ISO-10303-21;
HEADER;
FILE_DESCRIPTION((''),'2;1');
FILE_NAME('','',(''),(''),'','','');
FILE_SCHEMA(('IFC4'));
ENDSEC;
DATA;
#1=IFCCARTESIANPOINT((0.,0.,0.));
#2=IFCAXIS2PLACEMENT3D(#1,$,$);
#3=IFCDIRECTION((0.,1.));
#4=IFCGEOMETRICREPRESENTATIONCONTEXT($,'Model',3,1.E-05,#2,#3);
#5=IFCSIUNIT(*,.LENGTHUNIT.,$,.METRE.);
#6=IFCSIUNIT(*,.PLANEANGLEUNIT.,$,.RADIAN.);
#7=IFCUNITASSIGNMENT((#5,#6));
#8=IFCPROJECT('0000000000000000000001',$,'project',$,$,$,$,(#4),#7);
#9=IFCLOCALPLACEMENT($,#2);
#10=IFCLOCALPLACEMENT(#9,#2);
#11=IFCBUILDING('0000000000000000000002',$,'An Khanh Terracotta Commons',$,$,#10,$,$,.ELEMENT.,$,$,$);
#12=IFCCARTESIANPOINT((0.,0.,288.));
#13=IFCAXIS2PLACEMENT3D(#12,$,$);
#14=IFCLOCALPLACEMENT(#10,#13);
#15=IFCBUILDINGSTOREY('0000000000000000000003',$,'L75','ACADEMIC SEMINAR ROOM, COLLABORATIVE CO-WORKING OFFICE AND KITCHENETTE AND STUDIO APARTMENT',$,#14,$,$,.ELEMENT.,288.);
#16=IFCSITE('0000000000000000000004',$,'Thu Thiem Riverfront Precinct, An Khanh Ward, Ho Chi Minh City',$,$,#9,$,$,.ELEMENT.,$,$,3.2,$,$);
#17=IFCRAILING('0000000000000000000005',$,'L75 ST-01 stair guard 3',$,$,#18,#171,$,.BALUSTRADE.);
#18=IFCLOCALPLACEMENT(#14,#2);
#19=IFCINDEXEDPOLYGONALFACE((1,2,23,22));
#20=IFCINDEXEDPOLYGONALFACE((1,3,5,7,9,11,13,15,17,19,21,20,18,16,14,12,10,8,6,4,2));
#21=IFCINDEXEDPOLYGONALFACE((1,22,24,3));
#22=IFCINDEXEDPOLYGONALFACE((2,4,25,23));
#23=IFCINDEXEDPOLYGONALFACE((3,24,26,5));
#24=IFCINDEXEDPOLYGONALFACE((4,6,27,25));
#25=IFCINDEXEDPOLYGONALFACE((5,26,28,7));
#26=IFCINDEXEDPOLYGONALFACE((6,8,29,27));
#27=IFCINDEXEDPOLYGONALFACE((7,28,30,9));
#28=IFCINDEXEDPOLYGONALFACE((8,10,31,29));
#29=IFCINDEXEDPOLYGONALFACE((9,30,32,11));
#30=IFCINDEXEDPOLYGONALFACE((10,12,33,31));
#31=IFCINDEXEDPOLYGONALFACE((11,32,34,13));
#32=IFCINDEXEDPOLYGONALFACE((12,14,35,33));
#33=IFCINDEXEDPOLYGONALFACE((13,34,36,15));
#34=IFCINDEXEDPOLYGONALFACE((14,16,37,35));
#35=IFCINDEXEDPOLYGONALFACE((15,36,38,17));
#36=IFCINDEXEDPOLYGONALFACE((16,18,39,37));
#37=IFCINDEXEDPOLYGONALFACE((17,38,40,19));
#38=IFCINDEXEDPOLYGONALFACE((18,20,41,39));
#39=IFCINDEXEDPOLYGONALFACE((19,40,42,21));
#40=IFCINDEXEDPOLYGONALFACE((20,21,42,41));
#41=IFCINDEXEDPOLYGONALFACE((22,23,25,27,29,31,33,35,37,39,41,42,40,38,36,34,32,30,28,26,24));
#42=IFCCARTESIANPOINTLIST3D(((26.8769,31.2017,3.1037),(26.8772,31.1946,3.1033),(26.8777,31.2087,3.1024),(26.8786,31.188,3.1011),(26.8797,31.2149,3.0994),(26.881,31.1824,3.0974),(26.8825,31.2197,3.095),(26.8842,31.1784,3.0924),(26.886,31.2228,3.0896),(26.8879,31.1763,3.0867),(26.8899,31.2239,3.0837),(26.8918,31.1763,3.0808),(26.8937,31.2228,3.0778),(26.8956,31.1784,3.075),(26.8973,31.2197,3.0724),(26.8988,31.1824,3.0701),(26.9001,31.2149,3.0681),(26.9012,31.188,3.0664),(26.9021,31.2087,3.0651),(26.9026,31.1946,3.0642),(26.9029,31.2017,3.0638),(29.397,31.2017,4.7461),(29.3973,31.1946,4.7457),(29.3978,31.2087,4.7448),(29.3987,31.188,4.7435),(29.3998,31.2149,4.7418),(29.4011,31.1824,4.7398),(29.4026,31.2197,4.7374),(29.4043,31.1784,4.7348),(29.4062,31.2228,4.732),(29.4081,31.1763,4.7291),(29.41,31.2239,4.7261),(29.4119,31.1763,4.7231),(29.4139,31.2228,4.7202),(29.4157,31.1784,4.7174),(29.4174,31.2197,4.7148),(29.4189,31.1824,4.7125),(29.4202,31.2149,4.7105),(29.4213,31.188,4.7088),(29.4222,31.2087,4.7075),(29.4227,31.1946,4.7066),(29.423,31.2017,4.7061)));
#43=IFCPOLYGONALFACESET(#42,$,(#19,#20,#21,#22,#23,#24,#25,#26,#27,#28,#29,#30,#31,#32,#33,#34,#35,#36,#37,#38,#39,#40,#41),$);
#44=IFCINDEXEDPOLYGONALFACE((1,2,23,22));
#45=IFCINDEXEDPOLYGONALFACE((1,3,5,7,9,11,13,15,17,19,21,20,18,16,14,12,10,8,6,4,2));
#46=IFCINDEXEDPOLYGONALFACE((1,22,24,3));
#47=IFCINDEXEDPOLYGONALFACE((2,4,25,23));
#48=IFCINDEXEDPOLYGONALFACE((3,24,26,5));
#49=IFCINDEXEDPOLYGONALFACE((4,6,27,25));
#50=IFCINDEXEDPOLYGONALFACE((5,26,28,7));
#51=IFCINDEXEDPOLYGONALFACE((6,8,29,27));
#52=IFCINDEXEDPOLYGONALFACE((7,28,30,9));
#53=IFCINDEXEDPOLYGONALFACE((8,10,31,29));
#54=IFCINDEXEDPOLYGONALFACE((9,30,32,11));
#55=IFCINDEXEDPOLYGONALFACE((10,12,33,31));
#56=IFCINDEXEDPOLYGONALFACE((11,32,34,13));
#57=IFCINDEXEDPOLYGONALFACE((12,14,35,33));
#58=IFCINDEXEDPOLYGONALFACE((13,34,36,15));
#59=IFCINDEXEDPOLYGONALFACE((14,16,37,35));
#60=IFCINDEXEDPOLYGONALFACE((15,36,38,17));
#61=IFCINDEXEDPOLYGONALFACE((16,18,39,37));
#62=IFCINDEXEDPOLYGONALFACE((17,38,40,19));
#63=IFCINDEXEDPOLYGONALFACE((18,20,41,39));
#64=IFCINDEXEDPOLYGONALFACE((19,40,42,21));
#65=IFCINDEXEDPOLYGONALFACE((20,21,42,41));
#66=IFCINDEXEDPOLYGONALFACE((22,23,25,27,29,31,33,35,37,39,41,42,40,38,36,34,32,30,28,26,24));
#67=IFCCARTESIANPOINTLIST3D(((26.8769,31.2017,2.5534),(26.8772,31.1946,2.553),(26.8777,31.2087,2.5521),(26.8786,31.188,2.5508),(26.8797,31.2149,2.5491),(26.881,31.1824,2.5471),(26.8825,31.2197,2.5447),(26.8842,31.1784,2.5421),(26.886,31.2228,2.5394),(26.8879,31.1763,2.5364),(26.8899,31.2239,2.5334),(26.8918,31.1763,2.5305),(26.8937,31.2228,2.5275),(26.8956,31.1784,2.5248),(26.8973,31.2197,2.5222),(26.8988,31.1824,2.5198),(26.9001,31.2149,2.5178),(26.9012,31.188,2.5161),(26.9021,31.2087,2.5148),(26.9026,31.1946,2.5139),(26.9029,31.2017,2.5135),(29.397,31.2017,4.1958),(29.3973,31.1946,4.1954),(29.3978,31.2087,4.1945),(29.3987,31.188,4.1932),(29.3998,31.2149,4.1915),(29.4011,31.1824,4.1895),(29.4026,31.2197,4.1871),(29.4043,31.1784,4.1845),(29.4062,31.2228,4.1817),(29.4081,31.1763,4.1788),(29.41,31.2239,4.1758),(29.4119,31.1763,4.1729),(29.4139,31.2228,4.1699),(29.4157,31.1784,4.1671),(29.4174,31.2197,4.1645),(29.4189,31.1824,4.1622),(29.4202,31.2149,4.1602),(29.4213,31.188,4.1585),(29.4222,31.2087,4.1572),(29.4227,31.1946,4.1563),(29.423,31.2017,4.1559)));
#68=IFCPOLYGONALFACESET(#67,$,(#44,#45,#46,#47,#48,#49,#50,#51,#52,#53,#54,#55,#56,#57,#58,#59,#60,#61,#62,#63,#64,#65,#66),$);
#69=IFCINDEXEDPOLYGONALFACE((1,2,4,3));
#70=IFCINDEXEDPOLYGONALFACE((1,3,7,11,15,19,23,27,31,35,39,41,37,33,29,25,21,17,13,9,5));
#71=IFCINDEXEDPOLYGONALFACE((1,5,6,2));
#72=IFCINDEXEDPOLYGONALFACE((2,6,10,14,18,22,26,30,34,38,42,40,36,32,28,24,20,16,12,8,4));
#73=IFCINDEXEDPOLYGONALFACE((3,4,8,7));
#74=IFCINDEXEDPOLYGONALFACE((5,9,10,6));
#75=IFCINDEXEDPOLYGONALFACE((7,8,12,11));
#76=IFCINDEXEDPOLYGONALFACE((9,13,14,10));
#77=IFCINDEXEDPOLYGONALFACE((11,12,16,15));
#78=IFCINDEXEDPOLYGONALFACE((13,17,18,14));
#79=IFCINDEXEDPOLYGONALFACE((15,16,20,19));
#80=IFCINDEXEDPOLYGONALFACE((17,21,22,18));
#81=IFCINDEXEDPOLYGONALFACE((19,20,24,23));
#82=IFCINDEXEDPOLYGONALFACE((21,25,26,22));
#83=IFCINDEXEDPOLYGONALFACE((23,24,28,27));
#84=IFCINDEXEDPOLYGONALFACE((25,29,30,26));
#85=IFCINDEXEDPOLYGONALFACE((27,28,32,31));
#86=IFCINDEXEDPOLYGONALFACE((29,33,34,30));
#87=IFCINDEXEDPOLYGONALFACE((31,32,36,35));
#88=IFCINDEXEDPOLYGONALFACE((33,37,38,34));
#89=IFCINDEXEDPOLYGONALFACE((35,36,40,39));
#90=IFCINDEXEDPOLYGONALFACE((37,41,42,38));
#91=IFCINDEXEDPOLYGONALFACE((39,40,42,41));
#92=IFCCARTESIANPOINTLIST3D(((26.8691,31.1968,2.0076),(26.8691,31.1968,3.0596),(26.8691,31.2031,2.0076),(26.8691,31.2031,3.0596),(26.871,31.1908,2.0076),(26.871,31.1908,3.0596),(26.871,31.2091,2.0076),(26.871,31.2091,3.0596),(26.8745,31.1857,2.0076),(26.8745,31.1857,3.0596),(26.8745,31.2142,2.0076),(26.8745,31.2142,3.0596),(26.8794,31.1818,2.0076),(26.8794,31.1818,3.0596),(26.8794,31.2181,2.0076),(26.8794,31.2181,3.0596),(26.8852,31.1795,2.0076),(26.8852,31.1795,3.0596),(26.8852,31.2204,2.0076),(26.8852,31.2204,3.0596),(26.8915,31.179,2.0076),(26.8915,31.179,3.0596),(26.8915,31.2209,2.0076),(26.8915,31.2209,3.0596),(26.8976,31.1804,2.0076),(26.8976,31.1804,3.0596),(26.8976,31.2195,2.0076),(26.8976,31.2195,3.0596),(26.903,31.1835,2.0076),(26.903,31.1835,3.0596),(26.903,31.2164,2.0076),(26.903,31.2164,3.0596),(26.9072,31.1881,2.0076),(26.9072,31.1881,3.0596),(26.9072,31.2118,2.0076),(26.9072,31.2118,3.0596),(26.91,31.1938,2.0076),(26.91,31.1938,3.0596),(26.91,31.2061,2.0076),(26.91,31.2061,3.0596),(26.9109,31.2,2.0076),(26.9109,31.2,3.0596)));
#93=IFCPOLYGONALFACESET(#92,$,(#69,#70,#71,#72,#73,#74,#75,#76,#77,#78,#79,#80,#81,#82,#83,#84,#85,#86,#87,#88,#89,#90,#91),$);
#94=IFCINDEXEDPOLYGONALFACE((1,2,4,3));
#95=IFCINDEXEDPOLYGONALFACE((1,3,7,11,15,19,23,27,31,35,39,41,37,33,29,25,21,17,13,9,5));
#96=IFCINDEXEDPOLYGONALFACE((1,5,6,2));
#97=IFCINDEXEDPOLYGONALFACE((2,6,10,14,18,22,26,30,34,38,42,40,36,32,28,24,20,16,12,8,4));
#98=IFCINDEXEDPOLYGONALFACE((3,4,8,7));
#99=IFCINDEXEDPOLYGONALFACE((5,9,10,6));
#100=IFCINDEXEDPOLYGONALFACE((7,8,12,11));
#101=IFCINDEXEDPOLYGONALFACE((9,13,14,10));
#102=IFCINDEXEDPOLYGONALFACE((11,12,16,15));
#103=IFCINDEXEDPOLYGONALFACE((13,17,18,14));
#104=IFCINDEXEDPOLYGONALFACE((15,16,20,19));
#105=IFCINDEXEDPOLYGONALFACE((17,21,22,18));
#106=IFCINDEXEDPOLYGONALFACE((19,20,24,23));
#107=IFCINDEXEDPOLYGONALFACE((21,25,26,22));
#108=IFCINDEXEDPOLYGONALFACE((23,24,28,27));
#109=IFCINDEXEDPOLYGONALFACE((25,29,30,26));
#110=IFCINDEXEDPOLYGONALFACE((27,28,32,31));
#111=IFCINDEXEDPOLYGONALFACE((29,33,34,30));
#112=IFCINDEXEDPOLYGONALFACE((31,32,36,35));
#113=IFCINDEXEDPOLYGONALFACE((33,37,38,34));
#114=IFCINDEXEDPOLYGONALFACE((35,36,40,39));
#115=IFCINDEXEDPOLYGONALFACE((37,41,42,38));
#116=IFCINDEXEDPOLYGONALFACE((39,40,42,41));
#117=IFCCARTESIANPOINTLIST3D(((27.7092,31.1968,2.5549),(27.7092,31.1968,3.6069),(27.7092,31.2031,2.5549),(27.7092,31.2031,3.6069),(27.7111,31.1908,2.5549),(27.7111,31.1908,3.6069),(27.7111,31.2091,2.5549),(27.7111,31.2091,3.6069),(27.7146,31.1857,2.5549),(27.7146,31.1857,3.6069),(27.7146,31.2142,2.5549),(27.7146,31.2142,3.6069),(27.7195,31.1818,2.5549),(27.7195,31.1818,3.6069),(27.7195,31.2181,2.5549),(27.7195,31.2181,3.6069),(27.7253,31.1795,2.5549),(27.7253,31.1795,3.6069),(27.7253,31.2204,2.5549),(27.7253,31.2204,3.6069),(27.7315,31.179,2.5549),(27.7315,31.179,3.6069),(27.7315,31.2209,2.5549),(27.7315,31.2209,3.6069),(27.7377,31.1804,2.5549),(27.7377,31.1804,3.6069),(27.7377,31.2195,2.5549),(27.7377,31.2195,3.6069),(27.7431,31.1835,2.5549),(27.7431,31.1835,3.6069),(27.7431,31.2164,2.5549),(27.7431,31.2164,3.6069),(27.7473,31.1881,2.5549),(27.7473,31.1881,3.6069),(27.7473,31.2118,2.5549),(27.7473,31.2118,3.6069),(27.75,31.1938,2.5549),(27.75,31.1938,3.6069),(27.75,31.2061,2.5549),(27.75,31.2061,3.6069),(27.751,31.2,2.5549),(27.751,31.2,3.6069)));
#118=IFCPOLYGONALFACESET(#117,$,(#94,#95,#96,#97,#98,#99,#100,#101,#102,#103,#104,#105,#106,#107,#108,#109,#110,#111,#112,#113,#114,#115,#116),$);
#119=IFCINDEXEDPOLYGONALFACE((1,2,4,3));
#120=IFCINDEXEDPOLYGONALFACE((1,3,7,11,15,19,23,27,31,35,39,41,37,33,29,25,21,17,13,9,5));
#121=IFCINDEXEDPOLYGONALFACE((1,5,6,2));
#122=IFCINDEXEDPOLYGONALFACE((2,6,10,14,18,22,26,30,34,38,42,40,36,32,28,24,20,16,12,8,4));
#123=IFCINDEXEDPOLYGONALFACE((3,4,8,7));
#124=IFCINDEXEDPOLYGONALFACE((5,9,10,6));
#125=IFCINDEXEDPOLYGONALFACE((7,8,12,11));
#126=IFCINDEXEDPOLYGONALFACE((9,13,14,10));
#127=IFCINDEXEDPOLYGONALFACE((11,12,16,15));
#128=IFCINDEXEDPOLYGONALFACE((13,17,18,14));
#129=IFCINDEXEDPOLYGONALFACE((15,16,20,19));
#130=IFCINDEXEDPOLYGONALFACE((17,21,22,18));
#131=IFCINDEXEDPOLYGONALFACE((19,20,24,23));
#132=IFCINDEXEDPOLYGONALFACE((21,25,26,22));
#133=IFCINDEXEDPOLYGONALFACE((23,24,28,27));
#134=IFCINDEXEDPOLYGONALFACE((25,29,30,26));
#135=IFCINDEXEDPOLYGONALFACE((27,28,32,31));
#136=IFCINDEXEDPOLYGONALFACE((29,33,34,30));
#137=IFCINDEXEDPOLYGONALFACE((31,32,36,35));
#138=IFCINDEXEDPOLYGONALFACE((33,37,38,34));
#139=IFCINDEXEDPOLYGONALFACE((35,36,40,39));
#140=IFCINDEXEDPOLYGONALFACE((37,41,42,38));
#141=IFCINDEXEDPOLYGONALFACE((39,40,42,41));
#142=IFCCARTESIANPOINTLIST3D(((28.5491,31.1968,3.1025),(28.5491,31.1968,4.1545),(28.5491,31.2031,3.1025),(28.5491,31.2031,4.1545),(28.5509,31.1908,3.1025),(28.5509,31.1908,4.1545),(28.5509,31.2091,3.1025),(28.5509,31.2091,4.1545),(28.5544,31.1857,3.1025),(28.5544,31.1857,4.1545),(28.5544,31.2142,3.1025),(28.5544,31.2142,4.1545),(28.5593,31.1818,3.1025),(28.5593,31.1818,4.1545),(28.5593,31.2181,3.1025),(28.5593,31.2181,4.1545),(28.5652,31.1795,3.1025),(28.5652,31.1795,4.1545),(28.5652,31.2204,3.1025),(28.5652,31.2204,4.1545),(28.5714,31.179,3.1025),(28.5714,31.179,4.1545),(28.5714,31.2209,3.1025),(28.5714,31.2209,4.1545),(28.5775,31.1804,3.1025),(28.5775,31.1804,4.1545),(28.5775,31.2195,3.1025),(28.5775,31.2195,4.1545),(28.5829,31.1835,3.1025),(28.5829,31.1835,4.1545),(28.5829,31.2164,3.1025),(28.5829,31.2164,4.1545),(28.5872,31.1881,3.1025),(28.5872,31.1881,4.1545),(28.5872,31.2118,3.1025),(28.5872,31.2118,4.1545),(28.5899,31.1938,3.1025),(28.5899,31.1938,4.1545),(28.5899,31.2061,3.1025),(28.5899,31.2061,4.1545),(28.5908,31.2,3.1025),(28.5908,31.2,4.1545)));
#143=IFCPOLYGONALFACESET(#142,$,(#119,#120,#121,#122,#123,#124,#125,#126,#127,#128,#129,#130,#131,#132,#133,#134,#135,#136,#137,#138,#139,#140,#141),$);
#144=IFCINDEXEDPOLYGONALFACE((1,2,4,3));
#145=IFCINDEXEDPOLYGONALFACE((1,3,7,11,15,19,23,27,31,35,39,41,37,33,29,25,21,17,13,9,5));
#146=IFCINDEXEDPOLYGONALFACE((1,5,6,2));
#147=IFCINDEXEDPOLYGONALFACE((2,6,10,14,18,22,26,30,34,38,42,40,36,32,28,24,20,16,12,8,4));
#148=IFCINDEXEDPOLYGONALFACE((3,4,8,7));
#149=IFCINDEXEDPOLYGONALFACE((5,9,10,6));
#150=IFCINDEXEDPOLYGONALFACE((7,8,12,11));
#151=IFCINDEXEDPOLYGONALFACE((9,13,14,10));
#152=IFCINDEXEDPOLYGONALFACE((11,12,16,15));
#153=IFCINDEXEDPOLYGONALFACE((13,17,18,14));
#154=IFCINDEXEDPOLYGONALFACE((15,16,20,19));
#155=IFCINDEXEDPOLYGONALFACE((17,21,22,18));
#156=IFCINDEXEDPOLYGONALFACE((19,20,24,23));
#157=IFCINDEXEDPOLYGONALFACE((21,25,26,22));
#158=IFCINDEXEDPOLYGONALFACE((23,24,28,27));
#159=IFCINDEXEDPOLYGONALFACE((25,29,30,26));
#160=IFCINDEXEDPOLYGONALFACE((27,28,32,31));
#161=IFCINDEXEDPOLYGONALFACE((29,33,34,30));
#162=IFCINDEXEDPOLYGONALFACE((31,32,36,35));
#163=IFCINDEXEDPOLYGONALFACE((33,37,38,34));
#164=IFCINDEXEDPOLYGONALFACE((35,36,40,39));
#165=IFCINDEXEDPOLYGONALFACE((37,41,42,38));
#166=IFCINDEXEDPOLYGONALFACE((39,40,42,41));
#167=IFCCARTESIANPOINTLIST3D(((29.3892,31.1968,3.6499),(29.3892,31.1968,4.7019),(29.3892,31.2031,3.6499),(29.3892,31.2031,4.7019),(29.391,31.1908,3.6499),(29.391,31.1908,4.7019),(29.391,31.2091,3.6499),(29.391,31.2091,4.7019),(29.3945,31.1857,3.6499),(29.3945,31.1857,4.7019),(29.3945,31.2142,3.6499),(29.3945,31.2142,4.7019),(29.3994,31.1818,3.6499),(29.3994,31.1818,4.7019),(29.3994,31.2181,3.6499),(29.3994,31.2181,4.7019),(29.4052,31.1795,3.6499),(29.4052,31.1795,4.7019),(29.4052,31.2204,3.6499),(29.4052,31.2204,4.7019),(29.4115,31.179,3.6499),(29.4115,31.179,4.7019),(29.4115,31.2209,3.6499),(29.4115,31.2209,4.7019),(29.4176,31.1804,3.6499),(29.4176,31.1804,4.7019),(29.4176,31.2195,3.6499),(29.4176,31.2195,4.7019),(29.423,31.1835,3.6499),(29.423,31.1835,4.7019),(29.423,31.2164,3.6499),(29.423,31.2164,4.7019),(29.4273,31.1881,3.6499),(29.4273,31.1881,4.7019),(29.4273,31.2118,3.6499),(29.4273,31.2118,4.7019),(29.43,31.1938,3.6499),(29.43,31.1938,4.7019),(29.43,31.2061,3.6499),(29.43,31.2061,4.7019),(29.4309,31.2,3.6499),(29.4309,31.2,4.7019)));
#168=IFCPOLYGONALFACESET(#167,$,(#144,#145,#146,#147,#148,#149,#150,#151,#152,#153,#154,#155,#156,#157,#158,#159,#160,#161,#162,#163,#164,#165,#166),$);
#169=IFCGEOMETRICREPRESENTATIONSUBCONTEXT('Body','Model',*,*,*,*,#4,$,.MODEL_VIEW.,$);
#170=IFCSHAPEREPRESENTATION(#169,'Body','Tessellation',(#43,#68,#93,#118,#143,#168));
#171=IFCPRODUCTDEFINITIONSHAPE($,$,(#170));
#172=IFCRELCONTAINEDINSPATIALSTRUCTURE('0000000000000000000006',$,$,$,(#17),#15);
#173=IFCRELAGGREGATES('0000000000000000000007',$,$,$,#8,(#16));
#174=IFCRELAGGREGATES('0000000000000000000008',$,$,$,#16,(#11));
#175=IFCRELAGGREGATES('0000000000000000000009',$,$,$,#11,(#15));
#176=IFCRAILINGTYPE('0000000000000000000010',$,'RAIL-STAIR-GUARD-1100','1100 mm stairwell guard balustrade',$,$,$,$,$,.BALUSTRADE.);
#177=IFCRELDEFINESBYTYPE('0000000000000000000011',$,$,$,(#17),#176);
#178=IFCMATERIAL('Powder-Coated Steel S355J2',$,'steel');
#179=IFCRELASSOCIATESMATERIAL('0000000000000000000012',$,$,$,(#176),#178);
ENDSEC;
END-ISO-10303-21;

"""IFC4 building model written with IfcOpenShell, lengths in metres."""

from ifc_helpers import new_model, si_unit, direction, frame, origin, origin_2d, place, context, subcontext, project, spatial, circle, extrude, material, type_object, element, save


model = new_model("IFC4")

# Units and contexts
model_context = context("Model", 3, precision=1e-05, world=origin(), true_north=direction((0.0, 1.0)))
body_context = subcontext(model_context, "Body", "Model", "MODEL_VIEW")
ifc_project = project(units=[si_unit("LENGTHUNIT", "METRE"), si_unit("PLANEANGLEUNIT", "RADIAN")], contexts=[model_context])

# Site, building, storey
site_placement = place(None, origin())
site = spatial("IfcSite", under=ifc_project, at=site_placement, Name="Thu Thiem Riverfront Precinct, An Khanh Ward, Ho Chi Minh City", CompositionType="ELEMENT", RefElevation=3.2)
building_placement = place(site_placement, origin())
building = spatial("IfcBuilding", under=site, at=building_placement, Name="An Khanh Terracotta Commons", CompositionType="ELEMENT")
storey_placement = place(building_placement, frame((0.0, 0.0, 288.0)))
storey = spatial("IfcBuildingStorey", under=building, at=storey_placement, Name="L75", Description="ACADEMIC SEMINAR ROOM, COLLABORATIVE CO-WORKING OFFICE AND KITCHENETTE AND STUDIO APARTMENT", CompositionType="ELEMENT", Elevation=288.0)

# Railing
ifc_material_1 = material(Name="Powder-Coated Steel S355J2", Category="steel")
railing_type_1 = type_object("IfcRailingType", Name="RAIL-STAIR-GUARD-1100", Description="1100 mm stairwell guard balustrade", PredefinedType="BALUSTRADE", material=ifc_material_1)
railing_1_placement = place(storey_placement, frame((26.8899, 31.2, 2.0076)))
element("IfcRailing", 1, at=railing_1_placement, inside=storey, type_object=railing_type_1, Name="L75 ST-01 stair guard 3", PredefinedType="BALUSTRADE", context=body_context, shape_type="SweptSolid", body=[
    extrude(circle(Radius=0.0239, at=origin_2d()), frame((0.0, 0.0, 1.0762), z_axis=(0.837787, 0.0, 0.545998), x_axis=(0.0, 1.0, 0.0)), (0.0, 0.0, 1.0), 3.0081),
    extrude(circle(Radius=0.0239, at=origin_2d()), frame((0.0, 0.0, 0.5259), z_axis=(0.837787, 0.0, 0.545998), x_axis=(0.0, 1.0, 0.0)), (0.0, 0.0, 1.0), 3.0081),
    extrude(circle(Radius=0.021, at=origin_2d()), origin(), (0.0, 0.0, 1.0), 1.052),
    extrude(circle(Radius=0.021, at=origin_2d()), frame((0.8401, 0.0, 0.5474)), (0.0, 0.0, 1.0), 1.052),
    extrude(circle(Radius=0.021, at=origin_2d()), frame((1.6799, 0.0, 1.095)), (0.0, 0.0, 1.0), 1.052),
    extrude(circle(Radius=0.021, at=origin_2d()), frame((2.52, 0.0, 1.6423)), (0.0, 0.0, 1.0), 1.052),
])

save(model, "model.ifc")
